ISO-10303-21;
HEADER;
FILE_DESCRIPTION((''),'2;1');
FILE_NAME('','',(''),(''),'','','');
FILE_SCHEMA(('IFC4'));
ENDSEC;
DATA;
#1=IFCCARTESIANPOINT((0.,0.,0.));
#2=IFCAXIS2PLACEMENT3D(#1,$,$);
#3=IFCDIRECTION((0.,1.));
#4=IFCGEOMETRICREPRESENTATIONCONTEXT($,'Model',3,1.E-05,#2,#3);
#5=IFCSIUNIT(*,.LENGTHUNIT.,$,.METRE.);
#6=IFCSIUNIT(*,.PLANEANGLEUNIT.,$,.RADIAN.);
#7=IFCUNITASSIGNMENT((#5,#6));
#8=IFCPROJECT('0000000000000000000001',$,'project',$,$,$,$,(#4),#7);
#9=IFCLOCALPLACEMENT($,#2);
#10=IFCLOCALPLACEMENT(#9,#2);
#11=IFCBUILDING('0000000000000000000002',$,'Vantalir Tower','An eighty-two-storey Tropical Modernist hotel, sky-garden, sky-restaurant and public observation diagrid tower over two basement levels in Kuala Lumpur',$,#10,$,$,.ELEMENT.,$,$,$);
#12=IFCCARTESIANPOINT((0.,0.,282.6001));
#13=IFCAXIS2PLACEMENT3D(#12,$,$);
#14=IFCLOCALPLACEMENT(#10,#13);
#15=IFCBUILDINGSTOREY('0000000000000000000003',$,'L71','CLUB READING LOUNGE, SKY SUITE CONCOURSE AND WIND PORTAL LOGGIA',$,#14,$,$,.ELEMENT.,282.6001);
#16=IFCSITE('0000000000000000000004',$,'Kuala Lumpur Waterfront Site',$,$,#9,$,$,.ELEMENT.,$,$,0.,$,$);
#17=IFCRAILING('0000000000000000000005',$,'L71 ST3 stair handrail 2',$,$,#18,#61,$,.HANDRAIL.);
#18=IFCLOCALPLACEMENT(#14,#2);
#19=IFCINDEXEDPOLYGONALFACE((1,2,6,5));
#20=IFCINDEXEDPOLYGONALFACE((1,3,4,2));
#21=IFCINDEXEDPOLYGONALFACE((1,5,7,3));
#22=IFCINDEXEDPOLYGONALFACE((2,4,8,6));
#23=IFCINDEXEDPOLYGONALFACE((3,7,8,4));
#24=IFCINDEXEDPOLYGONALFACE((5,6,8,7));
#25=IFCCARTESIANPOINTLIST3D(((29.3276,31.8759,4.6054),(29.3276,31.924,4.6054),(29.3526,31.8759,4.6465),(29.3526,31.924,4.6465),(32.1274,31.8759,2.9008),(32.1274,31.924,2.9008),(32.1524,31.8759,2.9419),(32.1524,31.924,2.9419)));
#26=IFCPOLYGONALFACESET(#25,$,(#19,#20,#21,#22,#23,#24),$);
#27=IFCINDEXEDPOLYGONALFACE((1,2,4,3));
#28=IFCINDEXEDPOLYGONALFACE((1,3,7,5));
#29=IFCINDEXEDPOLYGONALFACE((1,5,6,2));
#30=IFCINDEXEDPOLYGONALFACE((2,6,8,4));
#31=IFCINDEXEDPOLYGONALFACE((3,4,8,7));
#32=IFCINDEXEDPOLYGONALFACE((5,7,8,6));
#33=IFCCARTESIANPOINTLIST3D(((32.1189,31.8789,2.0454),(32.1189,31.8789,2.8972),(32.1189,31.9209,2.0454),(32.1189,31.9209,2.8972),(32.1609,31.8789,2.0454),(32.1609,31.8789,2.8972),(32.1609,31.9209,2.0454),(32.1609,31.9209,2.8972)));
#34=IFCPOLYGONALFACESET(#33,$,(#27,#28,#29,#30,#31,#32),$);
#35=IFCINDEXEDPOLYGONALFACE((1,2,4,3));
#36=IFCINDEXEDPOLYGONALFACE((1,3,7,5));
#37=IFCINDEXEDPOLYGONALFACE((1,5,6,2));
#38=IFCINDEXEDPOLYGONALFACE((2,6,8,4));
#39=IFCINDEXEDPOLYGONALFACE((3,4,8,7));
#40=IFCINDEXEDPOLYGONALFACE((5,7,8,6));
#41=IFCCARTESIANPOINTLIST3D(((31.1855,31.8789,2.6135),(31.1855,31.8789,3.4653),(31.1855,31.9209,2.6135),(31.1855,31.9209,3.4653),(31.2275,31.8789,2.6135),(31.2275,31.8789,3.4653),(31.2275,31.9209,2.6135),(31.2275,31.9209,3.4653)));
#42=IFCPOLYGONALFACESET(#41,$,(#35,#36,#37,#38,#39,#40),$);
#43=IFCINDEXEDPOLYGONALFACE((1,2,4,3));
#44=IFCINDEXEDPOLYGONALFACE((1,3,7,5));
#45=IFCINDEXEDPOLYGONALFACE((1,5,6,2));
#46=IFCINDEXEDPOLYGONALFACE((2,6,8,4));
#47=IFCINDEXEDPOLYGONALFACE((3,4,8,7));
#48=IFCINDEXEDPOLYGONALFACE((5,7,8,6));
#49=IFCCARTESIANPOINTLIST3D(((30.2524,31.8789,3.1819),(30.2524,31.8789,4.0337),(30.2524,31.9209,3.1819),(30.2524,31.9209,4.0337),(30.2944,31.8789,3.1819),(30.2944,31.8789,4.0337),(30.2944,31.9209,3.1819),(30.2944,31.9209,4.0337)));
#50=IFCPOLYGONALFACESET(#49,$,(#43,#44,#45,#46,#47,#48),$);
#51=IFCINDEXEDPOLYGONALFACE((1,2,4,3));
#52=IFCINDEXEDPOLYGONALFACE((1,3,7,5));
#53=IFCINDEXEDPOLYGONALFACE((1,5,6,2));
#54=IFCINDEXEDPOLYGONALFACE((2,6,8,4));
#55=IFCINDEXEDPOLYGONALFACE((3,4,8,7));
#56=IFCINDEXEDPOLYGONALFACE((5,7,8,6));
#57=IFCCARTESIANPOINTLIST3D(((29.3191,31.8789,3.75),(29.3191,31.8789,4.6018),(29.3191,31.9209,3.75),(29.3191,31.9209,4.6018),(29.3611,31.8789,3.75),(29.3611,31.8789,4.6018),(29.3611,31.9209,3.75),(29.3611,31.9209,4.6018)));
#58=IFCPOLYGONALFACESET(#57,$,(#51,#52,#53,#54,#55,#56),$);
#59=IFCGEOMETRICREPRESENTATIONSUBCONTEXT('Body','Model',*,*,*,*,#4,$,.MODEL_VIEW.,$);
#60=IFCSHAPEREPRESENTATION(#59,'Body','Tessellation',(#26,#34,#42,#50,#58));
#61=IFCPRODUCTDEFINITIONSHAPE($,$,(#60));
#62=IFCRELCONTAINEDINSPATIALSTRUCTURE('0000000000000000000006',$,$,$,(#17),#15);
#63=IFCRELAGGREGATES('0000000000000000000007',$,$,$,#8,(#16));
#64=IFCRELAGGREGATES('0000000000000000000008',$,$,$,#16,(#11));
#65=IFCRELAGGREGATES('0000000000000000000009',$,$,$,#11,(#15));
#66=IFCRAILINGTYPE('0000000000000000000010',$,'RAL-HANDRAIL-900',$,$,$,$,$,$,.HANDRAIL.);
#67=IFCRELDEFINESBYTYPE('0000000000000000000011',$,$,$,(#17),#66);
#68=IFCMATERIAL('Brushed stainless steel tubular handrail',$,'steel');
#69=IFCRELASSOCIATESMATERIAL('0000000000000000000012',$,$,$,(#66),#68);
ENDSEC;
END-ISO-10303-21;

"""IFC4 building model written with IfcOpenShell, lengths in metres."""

from ifc_helpers import new_model, si_unit, direction, frame, origin, origin_2d, place, context, subcontext, project, spatial, rectangle, extrude, material, type_object, element, save


model = new_model("IFC4")

# Units and contexts
model_context = context("Model", 3, precision=1e-05, world=origin(), true_north=direction((0.0, 1.0)))
body_context = subcontext(model_context, "Body", "Model", "MODEL_VIEW")
ifc_project = project(units=[si_unit("LENGTHUNIT", "METRE"), si_unit("PLANEANGLEUNIT", "RADIAN")], contexts=[model_context])

# Site, building, storey
site_placement = place(None, origin())
site = spatial("IfcSite", under=ifc_project, at=site_placement, Name="Kuala Lumpur Waterfront Site", CompositionType="ELEMENT", RefElevation=0.0)
building_placement = place(site_placement, origin())
building = spatial("IfcBuilding", under=site, at=building_placement, Name="Vantalir Tower", Description="An eighty-two-storey Tropical Modernist hotel, sky-garden, sky-restaurant and public observation diagrid tower over two basement levels in Kuala Lumpur", CompositionType="ELEMENT")
storey_placement = place(building_placement, frame((0.0, 0.0, 282.6001)))
storey = spatial("IfcBuildingStorey", under=building, at=storey_placement, Name="L71", Description="CLUB READING LOUNGE, SKY SUITE CONCOURSE AND WIND PORTAL LOGGIA", CompositionType="ELEMENT", Elevation=282.6001)

# Railing
ifc_material_1 = material(Name="Brushed stainless steel tubular handrail", Category="steel")
railing_type_1 = type_object("IfcRailingType", Name="RAL-HANDRAIL-900", PredefinedType="HANDRAIL", material=ifc_material_1)
railing_1_placement = place(storey_placement, frame((32.1399, 31.8999, 2.0454)))
element("IfcRailing", 1, at=railing_1_placement, inside=storey, type_object=railing_type_1, Name="L71 ST3 stair handrail 2", PredefinedType="HANDRAIL", context=body_context, shape_type="SweptSolid", body=[
    extrude(rectangle(XDim=0.0481, YDim=0.0481, at=origin_2d()), frame((0.0, 0.0, 0.876), z_axis=(-0.85415, 0.0, 0.520027), x_axis=(0.0, -1.0, 0.0)), (0.0, 0.0, 1.0), 3.2778),
    extrude(rectangle(XDim=0.042, YDim=0.042, at=origin_2d()), origin(), (0.0, 0.0, 1.0), 0.8518),
    extrude(rectangle(XDim=0.042, YDim=0.042, at=origin_2d()), frame((-0.9333, 0.0, 0.5681)), (0.0, 0.0, 1.0), 0.8518),
    extrude(rectangle(XDim=0.042, YDim=0.042, at=origin_2d()), frame((-1.8665, 0.0, 1.1365)), (0.0, 0.0, 1.0), 0.8518),
    extrude(rectangle(XDim=0.042, YDim=0.042, at=origin_2d()), frame((-2.7998, 0.0, 1.7046)), (0.0, 0.0, 1.0), 0.8518),
])

save(model, "model.ifc")
